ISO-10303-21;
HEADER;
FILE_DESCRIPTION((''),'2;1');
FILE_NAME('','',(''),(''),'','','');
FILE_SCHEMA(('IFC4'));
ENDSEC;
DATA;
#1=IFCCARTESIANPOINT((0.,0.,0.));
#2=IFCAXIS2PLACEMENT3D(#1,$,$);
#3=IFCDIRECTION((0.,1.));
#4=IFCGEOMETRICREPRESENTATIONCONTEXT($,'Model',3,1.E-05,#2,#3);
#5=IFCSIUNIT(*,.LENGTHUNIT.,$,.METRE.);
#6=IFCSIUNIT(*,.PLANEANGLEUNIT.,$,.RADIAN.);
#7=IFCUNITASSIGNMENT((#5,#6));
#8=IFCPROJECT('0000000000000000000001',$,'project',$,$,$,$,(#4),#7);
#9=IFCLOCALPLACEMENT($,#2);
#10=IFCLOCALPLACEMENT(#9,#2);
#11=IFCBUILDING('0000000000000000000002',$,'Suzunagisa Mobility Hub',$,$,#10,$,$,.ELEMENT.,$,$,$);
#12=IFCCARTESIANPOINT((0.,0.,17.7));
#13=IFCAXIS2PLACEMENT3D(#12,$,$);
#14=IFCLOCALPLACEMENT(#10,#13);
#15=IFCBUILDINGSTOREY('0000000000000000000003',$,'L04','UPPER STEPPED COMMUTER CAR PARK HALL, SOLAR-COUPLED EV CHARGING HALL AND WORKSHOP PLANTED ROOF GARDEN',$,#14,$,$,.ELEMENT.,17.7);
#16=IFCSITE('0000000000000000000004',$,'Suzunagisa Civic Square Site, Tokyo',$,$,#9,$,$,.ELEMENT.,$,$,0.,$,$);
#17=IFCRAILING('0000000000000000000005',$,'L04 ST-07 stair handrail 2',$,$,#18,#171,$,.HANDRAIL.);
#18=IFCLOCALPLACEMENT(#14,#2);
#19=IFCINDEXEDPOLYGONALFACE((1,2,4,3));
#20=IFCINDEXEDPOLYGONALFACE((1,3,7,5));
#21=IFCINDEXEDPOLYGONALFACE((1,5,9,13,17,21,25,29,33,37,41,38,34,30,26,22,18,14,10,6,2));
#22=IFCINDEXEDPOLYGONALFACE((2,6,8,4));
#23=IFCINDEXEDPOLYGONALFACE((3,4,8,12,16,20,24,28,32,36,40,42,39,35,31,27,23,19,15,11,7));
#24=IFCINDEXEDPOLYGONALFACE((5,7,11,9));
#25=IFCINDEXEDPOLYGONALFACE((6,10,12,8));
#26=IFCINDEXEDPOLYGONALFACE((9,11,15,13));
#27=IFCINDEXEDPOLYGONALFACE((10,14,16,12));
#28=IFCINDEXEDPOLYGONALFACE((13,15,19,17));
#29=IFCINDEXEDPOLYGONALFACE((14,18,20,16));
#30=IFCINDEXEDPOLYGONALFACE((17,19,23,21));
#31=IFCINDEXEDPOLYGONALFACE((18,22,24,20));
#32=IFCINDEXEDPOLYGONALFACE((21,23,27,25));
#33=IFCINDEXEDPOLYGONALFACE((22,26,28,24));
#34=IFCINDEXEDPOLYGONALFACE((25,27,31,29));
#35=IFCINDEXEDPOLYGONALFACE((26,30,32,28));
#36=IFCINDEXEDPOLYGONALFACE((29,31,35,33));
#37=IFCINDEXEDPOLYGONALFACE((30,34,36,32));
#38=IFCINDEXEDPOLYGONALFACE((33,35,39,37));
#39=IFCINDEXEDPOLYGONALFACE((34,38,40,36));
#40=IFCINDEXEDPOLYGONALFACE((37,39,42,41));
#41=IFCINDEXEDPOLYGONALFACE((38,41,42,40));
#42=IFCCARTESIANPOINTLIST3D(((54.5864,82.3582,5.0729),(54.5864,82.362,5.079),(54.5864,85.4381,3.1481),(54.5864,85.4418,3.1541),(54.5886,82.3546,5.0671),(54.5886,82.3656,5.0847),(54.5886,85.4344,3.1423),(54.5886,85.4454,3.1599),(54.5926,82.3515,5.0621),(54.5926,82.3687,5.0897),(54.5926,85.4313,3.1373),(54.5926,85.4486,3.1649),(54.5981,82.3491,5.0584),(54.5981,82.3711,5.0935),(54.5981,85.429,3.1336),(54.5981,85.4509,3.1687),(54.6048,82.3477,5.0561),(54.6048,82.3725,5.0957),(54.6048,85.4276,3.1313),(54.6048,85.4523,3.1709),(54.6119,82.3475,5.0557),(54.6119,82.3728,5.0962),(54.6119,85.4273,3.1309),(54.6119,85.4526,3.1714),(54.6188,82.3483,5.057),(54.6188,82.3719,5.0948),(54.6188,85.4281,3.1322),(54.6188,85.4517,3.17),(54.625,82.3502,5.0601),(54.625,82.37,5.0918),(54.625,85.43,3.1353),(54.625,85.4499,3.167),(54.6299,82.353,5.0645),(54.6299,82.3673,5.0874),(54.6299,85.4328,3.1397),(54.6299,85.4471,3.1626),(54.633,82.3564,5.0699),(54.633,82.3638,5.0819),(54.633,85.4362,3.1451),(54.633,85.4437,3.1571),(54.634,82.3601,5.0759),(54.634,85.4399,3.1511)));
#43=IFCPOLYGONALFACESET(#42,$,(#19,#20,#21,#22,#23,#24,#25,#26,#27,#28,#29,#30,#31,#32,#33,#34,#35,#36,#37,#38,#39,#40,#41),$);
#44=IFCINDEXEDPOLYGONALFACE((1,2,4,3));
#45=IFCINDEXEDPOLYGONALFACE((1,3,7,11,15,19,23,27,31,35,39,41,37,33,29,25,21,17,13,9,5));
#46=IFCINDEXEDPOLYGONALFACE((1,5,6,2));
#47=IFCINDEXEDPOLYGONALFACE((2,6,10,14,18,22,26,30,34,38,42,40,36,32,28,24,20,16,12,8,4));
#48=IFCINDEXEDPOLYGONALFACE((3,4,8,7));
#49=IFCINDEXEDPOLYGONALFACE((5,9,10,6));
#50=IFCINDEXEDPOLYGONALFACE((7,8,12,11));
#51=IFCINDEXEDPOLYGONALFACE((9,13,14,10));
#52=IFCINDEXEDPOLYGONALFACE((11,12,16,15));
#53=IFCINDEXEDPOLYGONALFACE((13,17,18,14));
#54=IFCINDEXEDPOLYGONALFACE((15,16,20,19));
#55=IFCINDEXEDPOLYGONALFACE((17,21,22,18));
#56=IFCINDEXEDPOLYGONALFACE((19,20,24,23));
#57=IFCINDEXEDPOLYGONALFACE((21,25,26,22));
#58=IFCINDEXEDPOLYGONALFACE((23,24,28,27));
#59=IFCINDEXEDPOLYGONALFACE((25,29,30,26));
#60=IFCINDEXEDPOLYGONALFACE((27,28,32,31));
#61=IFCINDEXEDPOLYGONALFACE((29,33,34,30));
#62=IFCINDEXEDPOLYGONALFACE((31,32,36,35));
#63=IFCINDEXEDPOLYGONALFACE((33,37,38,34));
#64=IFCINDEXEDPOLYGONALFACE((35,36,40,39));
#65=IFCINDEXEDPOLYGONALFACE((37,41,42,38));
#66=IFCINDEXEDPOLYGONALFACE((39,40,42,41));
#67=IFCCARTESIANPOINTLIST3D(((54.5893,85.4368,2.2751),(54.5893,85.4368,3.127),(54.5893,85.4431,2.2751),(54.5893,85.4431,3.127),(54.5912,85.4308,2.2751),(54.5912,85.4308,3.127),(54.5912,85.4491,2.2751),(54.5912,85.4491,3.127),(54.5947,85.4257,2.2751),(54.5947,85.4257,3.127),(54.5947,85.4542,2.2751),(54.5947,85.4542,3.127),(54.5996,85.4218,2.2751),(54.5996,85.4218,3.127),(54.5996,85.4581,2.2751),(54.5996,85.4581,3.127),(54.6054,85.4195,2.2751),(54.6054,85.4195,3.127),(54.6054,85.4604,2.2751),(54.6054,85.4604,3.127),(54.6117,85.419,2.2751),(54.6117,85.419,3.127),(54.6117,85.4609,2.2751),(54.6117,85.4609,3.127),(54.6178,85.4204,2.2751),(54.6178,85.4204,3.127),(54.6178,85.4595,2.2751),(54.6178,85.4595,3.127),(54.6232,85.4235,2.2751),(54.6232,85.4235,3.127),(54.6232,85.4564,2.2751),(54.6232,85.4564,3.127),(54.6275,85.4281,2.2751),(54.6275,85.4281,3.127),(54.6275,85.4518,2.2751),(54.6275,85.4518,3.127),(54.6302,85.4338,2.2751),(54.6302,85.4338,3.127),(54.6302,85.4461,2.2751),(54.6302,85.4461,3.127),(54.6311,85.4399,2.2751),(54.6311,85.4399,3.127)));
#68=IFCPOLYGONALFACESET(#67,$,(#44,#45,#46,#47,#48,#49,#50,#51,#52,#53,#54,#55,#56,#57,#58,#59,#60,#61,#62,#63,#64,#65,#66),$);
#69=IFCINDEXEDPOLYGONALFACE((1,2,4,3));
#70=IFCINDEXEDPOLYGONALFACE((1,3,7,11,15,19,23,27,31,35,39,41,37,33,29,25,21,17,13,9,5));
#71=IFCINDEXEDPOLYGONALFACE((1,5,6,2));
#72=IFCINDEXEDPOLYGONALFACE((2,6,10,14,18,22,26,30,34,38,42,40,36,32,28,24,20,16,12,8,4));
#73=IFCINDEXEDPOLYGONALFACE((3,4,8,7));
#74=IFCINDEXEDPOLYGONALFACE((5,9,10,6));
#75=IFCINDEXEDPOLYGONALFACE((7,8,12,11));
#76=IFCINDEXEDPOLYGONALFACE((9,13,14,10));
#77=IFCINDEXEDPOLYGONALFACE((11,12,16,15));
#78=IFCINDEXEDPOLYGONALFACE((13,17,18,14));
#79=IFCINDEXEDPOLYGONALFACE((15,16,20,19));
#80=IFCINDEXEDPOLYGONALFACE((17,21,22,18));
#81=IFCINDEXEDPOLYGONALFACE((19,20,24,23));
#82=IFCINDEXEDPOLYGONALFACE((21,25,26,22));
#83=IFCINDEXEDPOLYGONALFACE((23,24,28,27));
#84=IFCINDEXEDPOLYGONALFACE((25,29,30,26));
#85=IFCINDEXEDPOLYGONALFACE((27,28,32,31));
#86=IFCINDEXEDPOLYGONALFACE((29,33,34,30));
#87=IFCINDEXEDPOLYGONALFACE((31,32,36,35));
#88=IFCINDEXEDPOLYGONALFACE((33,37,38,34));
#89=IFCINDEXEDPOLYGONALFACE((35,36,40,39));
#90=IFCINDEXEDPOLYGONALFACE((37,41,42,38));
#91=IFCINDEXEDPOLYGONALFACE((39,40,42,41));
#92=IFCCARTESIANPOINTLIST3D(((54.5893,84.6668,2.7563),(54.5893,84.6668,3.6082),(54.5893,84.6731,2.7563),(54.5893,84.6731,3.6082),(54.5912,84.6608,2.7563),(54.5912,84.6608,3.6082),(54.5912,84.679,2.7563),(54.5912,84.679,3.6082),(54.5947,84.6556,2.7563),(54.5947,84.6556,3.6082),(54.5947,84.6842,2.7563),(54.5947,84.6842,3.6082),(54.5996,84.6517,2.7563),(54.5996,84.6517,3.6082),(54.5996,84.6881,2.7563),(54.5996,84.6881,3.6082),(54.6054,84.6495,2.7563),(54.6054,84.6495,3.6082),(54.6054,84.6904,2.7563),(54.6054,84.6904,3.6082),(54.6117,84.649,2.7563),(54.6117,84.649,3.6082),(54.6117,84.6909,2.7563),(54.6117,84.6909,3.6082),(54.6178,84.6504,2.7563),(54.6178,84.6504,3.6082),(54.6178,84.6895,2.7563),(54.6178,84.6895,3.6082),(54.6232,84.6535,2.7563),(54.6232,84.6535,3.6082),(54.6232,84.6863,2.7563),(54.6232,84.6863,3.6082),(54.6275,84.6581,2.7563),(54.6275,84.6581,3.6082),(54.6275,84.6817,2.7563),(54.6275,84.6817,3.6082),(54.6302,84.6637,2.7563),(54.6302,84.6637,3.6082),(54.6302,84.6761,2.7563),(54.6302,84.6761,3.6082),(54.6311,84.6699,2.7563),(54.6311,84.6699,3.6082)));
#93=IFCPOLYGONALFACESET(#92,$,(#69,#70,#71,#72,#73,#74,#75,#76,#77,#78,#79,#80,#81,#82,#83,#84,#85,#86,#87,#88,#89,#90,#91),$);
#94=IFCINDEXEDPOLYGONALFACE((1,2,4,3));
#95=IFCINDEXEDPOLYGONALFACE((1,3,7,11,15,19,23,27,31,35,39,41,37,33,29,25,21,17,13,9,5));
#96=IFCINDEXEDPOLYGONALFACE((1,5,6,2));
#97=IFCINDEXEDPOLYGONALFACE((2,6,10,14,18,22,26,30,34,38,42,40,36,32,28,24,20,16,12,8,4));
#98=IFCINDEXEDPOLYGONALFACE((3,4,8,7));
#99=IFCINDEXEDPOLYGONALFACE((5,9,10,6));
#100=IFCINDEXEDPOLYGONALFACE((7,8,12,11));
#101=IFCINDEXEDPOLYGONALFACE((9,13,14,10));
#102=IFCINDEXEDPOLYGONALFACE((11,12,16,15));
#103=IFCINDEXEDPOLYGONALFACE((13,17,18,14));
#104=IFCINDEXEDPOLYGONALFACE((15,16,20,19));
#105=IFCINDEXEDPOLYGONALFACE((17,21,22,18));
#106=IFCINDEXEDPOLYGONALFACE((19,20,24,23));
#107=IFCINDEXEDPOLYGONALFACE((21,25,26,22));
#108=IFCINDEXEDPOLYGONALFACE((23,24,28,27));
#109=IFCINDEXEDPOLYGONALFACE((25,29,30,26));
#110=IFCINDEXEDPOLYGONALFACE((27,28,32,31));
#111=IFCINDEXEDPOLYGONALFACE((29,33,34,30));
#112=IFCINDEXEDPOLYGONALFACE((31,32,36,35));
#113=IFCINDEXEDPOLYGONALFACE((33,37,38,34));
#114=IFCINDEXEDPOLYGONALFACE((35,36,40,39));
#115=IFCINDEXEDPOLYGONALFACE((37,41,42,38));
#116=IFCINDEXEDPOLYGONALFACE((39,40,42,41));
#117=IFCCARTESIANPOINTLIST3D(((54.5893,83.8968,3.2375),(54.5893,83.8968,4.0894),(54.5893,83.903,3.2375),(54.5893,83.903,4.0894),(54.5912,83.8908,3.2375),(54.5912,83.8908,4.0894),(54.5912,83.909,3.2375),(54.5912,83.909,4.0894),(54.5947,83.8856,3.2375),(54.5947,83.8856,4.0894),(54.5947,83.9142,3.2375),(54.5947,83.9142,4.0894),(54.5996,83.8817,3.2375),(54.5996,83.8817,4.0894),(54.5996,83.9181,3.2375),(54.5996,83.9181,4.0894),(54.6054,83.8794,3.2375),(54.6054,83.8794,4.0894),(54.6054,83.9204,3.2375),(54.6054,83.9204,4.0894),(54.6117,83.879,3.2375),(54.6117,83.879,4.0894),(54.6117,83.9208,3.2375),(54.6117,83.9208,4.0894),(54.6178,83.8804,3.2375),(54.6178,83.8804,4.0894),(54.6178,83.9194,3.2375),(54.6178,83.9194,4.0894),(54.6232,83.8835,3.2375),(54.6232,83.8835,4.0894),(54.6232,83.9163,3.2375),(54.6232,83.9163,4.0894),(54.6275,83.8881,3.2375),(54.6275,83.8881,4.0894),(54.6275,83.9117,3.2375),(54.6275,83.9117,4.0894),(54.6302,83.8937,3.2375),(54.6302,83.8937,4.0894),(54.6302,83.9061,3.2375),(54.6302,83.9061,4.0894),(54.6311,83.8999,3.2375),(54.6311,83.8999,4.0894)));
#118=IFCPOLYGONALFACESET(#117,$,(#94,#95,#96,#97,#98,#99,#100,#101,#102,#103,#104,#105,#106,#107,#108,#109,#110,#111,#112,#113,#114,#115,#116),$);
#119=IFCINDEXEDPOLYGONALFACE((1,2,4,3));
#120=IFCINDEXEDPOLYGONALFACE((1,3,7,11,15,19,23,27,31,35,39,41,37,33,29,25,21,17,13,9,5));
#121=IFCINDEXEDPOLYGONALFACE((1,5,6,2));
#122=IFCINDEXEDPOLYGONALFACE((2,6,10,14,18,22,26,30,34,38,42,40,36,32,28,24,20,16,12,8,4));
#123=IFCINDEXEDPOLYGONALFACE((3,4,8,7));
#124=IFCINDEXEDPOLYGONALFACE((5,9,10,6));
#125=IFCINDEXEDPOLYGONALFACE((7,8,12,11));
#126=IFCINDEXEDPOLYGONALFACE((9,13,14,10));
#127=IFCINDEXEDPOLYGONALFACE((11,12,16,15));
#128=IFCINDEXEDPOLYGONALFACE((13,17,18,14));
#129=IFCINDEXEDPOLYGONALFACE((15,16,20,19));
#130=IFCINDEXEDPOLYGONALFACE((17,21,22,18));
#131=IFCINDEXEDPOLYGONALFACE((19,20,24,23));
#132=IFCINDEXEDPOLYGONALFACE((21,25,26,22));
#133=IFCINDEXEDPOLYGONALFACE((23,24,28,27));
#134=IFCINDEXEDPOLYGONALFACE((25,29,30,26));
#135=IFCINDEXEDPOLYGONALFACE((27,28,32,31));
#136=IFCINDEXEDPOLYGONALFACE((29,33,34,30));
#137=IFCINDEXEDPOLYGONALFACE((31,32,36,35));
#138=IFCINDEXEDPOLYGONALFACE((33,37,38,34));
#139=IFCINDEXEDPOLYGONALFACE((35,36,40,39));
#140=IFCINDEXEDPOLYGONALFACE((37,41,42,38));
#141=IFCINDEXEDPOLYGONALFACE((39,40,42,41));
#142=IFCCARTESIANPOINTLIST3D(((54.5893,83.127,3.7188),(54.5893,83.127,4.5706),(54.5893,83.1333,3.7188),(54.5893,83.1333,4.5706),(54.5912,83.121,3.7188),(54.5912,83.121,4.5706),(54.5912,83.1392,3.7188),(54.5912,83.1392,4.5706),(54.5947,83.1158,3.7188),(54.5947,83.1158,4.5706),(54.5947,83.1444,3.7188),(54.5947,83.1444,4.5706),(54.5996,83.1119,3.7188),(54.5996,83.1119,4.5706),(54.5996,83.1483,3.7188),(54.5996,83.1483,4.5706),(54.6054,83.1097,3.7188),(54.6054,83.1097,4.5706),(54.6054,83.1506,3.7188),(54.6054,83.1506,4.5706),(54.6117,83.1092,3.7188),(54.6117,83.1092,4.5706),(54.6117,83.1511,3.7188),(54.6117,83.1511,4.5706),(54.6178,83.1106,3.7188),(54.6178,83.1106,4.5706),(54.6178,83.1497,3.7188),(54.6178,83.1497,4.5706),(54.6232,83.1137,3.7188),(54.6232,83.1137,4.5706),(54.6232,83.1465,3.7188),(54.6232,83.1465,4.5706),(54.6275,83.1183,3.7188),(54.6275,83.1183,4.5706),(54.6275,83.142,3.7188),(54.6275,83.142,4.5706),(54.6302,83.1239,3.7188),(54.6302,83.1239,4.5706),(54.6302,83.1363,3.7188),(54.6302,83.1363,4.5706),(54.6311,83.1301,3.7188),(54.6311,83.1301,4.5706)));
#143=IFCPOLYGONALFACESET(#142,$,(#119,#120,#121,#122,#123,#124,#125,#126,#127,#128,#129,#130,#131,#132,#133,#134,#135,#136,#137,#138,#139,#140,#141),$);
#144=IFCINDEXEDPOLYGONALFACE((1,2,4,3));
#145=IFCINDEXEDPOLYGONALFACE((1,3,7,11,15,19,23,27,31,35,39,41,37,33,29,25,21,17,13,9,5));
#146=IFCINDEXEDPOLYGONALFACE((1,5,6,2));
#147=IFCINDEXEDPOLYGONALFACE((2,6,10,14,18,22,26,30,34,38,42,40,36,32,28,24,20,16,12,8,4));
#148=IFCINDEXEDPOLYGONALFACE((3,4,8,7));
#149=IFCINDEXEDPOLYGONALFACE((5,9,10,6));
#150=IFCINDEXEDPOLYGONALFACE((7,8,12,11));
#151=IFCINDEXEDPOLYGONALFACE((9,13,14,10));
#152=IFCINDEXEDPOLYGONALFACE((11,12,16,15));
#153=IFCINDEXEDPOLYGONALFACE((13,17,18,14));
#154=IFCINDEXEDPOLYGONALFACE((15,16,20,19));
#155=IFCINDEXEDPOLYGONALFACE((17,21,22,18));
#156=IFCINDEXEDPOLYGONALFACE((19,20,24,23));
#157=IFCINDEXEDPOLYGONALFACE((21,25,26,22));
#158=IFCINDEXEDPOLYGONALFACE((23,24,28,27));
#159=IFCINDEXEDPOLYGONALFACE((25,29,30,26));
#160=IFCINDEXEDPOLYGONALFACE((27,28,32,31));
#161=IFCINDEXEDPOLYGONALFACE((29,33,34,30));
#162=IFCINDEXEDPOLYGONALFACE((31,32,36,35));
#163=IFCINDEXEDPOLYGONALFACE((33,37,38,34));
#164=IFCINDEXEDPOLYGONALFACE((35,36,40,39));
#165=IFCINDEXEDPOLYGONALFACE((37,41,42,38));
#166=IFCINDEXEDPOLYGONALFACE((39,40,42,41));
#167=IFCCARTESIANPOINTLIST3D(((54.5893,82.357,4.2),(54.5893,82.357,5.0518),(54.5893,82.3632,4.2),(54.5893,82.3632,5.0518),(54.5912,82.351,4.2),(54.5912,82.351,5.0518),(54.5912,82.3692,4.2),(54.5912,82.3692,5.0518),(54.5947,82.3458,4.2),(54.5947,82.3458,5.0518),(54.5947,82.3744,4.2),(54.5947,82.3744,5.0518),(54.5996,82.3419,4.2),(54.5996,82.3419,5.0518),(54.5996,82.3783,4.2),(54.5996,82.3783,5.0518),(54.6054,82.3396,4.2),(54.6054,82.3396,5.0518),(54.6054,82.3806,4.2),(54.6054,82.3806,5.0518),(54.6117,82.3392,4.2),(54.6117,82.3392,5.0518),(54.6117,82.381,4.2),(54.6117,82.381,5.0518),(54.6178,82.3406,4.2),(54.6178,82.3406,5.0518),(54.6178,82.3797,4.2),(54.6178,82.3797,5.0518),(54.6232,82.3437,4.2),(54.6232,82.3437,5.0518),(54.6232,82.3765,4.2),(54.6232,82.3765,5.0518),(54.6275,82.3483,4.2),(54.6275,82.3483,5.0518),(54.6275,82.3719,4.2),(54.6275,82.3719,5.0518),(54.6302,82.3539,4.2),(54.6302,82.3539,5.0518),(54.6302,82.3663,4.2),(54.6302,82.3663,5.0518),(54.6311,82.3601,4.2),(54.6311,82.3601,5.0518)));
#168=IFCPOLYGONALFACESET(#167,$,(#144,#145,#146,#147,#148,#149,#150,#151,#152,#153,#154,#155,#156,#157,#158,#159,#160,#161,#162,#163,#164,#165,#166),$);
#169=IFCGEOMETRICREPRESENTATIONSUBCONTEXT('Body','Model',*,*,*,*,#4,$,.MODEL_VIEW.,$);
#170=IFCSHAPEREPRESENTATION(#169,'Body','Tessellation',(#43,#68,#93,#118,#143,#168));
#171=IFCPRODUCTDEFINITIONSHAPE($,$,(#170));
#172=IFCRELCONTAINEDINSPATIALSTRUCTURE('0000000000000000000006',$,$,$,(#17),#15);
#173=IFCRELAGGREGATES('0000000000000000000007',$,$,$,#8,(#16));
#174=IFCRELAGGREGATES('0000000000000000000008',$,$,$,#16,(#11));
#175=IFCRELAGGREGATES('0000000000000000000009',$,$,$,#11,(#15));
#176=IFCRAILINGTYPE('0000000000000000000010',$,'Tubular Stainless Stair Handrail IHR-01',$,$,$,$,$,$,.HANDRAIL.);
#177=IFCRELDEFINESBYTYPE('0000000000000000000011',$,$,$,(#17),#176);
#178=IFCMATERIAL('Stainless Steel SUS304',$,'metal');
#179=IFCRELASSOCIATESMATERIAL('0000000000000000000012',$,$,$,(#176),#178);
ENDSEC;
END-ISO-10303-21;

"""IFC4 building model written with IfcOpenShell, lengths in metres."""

from ifc_helpers import new_model, si_unit, direction, frame, origin, origin_2d, place, context, subcontext, project, spatial, circle, extrude, material, type_object, element, save


model = new_model("IFC4")

# Units and contexts
model_context = context("Model", 3, precision=1e-05, world=origin(), true_north=direction((0.0, 1.0)))
body_context = subcontext(model_context, "Body", "Model", "MODEL_VIEW")
ifc_project = project(units=[si_unit("LENGTHUNIT", "METRE"), si_unit("PLANEANGLEUNIT", "RADIAN")], contexts=[model_context])

# Site, building, storey
site_placement = place(None, origin())
site = spatial("IfcSite", under=ifc_project, at=site_placement, Name="Suzunagisa Civic Square Site, Tokyo", CompositionType="ELEMENT", RefElevation=0.0)
building_placement = place(site_placement, origin())
building = spatial("IfcBuilding", under=site, at=building_placement, Name="Suzunagisa Mobility Hub", CompositionType="ELEMENT")
storey_placement = place(building_placement, frame((0.0, 0.0, 17.7)))
storey = spatial("IfcBuildingStorey", under=building, at=storey_placement, Name="L04", Description="UPPER STEPPED COMMUTER CAR PARK HALL, SOLAR-COUPLED EV CHARGING HALL AND WORKSHOP PLANTED ROOF GARDEN", CompositionType="ELEMENT", Elevation=17.7)

# Railing
ifc_material_1 = material(Name="Stainless Steel SUS304", Category="metal")
railing_type_1 = type_object("IfcRailingType", Name="Tubular Stainless Stair Handrail IHR-01", PredefinedType="HANDRAIL", material=ifc_material_1)
railing_1_placement = place(storey_placement, frame((54.6101, 85.4399, 2.2751)))
element("IfcRailing", 1, at=railing_1_placement, inside=storey, type_object=railing_type_1, Name="L04 ST-07 stair handrail 2", PredefinedType="HANDRAIL", context=body_context, shape_type="SweptSolid", body=[
    extrude(circle(Radius=0.0239, at=origin_2d()), frame((0.0, 0.0, 0.876), z_axis=(0.0, -0.84801, 0.529981), x_axis=(1.0, 0.0, 0.0)), (0.0, 0.0, 1.0), 3.6318),
    extrude(circle(Radius=0.021, at=origin_2d()), origin(), (0.0, 0.0, 1.0), 0.8518),
    extrude(circle(Radius=0.021, at=origin_2d()), frame((0.0, -0.77, 0.4812)), (0.0, 0.0, 1.0), 0.8518),
    extrude(circle(Radius=0.021, at=origin_2d()), frame((0.0, -1.54, 0.9624)), (0.0, 0.0, 1.0), 0.8518),
    extrude(circle(Radius=0.021, at=origin_2d()), frame((0.0, -2.3098, 1.4436)), (0.0, 0.0, 1.0), 0.8518),
    extrude(circle(Radius=0.021, at=origin_2d()), frame((0.0, -3.0798, 1.9248)), (0.0, 0.0, 1.0), 0.8518),
])

save(model, "model.ifc")
